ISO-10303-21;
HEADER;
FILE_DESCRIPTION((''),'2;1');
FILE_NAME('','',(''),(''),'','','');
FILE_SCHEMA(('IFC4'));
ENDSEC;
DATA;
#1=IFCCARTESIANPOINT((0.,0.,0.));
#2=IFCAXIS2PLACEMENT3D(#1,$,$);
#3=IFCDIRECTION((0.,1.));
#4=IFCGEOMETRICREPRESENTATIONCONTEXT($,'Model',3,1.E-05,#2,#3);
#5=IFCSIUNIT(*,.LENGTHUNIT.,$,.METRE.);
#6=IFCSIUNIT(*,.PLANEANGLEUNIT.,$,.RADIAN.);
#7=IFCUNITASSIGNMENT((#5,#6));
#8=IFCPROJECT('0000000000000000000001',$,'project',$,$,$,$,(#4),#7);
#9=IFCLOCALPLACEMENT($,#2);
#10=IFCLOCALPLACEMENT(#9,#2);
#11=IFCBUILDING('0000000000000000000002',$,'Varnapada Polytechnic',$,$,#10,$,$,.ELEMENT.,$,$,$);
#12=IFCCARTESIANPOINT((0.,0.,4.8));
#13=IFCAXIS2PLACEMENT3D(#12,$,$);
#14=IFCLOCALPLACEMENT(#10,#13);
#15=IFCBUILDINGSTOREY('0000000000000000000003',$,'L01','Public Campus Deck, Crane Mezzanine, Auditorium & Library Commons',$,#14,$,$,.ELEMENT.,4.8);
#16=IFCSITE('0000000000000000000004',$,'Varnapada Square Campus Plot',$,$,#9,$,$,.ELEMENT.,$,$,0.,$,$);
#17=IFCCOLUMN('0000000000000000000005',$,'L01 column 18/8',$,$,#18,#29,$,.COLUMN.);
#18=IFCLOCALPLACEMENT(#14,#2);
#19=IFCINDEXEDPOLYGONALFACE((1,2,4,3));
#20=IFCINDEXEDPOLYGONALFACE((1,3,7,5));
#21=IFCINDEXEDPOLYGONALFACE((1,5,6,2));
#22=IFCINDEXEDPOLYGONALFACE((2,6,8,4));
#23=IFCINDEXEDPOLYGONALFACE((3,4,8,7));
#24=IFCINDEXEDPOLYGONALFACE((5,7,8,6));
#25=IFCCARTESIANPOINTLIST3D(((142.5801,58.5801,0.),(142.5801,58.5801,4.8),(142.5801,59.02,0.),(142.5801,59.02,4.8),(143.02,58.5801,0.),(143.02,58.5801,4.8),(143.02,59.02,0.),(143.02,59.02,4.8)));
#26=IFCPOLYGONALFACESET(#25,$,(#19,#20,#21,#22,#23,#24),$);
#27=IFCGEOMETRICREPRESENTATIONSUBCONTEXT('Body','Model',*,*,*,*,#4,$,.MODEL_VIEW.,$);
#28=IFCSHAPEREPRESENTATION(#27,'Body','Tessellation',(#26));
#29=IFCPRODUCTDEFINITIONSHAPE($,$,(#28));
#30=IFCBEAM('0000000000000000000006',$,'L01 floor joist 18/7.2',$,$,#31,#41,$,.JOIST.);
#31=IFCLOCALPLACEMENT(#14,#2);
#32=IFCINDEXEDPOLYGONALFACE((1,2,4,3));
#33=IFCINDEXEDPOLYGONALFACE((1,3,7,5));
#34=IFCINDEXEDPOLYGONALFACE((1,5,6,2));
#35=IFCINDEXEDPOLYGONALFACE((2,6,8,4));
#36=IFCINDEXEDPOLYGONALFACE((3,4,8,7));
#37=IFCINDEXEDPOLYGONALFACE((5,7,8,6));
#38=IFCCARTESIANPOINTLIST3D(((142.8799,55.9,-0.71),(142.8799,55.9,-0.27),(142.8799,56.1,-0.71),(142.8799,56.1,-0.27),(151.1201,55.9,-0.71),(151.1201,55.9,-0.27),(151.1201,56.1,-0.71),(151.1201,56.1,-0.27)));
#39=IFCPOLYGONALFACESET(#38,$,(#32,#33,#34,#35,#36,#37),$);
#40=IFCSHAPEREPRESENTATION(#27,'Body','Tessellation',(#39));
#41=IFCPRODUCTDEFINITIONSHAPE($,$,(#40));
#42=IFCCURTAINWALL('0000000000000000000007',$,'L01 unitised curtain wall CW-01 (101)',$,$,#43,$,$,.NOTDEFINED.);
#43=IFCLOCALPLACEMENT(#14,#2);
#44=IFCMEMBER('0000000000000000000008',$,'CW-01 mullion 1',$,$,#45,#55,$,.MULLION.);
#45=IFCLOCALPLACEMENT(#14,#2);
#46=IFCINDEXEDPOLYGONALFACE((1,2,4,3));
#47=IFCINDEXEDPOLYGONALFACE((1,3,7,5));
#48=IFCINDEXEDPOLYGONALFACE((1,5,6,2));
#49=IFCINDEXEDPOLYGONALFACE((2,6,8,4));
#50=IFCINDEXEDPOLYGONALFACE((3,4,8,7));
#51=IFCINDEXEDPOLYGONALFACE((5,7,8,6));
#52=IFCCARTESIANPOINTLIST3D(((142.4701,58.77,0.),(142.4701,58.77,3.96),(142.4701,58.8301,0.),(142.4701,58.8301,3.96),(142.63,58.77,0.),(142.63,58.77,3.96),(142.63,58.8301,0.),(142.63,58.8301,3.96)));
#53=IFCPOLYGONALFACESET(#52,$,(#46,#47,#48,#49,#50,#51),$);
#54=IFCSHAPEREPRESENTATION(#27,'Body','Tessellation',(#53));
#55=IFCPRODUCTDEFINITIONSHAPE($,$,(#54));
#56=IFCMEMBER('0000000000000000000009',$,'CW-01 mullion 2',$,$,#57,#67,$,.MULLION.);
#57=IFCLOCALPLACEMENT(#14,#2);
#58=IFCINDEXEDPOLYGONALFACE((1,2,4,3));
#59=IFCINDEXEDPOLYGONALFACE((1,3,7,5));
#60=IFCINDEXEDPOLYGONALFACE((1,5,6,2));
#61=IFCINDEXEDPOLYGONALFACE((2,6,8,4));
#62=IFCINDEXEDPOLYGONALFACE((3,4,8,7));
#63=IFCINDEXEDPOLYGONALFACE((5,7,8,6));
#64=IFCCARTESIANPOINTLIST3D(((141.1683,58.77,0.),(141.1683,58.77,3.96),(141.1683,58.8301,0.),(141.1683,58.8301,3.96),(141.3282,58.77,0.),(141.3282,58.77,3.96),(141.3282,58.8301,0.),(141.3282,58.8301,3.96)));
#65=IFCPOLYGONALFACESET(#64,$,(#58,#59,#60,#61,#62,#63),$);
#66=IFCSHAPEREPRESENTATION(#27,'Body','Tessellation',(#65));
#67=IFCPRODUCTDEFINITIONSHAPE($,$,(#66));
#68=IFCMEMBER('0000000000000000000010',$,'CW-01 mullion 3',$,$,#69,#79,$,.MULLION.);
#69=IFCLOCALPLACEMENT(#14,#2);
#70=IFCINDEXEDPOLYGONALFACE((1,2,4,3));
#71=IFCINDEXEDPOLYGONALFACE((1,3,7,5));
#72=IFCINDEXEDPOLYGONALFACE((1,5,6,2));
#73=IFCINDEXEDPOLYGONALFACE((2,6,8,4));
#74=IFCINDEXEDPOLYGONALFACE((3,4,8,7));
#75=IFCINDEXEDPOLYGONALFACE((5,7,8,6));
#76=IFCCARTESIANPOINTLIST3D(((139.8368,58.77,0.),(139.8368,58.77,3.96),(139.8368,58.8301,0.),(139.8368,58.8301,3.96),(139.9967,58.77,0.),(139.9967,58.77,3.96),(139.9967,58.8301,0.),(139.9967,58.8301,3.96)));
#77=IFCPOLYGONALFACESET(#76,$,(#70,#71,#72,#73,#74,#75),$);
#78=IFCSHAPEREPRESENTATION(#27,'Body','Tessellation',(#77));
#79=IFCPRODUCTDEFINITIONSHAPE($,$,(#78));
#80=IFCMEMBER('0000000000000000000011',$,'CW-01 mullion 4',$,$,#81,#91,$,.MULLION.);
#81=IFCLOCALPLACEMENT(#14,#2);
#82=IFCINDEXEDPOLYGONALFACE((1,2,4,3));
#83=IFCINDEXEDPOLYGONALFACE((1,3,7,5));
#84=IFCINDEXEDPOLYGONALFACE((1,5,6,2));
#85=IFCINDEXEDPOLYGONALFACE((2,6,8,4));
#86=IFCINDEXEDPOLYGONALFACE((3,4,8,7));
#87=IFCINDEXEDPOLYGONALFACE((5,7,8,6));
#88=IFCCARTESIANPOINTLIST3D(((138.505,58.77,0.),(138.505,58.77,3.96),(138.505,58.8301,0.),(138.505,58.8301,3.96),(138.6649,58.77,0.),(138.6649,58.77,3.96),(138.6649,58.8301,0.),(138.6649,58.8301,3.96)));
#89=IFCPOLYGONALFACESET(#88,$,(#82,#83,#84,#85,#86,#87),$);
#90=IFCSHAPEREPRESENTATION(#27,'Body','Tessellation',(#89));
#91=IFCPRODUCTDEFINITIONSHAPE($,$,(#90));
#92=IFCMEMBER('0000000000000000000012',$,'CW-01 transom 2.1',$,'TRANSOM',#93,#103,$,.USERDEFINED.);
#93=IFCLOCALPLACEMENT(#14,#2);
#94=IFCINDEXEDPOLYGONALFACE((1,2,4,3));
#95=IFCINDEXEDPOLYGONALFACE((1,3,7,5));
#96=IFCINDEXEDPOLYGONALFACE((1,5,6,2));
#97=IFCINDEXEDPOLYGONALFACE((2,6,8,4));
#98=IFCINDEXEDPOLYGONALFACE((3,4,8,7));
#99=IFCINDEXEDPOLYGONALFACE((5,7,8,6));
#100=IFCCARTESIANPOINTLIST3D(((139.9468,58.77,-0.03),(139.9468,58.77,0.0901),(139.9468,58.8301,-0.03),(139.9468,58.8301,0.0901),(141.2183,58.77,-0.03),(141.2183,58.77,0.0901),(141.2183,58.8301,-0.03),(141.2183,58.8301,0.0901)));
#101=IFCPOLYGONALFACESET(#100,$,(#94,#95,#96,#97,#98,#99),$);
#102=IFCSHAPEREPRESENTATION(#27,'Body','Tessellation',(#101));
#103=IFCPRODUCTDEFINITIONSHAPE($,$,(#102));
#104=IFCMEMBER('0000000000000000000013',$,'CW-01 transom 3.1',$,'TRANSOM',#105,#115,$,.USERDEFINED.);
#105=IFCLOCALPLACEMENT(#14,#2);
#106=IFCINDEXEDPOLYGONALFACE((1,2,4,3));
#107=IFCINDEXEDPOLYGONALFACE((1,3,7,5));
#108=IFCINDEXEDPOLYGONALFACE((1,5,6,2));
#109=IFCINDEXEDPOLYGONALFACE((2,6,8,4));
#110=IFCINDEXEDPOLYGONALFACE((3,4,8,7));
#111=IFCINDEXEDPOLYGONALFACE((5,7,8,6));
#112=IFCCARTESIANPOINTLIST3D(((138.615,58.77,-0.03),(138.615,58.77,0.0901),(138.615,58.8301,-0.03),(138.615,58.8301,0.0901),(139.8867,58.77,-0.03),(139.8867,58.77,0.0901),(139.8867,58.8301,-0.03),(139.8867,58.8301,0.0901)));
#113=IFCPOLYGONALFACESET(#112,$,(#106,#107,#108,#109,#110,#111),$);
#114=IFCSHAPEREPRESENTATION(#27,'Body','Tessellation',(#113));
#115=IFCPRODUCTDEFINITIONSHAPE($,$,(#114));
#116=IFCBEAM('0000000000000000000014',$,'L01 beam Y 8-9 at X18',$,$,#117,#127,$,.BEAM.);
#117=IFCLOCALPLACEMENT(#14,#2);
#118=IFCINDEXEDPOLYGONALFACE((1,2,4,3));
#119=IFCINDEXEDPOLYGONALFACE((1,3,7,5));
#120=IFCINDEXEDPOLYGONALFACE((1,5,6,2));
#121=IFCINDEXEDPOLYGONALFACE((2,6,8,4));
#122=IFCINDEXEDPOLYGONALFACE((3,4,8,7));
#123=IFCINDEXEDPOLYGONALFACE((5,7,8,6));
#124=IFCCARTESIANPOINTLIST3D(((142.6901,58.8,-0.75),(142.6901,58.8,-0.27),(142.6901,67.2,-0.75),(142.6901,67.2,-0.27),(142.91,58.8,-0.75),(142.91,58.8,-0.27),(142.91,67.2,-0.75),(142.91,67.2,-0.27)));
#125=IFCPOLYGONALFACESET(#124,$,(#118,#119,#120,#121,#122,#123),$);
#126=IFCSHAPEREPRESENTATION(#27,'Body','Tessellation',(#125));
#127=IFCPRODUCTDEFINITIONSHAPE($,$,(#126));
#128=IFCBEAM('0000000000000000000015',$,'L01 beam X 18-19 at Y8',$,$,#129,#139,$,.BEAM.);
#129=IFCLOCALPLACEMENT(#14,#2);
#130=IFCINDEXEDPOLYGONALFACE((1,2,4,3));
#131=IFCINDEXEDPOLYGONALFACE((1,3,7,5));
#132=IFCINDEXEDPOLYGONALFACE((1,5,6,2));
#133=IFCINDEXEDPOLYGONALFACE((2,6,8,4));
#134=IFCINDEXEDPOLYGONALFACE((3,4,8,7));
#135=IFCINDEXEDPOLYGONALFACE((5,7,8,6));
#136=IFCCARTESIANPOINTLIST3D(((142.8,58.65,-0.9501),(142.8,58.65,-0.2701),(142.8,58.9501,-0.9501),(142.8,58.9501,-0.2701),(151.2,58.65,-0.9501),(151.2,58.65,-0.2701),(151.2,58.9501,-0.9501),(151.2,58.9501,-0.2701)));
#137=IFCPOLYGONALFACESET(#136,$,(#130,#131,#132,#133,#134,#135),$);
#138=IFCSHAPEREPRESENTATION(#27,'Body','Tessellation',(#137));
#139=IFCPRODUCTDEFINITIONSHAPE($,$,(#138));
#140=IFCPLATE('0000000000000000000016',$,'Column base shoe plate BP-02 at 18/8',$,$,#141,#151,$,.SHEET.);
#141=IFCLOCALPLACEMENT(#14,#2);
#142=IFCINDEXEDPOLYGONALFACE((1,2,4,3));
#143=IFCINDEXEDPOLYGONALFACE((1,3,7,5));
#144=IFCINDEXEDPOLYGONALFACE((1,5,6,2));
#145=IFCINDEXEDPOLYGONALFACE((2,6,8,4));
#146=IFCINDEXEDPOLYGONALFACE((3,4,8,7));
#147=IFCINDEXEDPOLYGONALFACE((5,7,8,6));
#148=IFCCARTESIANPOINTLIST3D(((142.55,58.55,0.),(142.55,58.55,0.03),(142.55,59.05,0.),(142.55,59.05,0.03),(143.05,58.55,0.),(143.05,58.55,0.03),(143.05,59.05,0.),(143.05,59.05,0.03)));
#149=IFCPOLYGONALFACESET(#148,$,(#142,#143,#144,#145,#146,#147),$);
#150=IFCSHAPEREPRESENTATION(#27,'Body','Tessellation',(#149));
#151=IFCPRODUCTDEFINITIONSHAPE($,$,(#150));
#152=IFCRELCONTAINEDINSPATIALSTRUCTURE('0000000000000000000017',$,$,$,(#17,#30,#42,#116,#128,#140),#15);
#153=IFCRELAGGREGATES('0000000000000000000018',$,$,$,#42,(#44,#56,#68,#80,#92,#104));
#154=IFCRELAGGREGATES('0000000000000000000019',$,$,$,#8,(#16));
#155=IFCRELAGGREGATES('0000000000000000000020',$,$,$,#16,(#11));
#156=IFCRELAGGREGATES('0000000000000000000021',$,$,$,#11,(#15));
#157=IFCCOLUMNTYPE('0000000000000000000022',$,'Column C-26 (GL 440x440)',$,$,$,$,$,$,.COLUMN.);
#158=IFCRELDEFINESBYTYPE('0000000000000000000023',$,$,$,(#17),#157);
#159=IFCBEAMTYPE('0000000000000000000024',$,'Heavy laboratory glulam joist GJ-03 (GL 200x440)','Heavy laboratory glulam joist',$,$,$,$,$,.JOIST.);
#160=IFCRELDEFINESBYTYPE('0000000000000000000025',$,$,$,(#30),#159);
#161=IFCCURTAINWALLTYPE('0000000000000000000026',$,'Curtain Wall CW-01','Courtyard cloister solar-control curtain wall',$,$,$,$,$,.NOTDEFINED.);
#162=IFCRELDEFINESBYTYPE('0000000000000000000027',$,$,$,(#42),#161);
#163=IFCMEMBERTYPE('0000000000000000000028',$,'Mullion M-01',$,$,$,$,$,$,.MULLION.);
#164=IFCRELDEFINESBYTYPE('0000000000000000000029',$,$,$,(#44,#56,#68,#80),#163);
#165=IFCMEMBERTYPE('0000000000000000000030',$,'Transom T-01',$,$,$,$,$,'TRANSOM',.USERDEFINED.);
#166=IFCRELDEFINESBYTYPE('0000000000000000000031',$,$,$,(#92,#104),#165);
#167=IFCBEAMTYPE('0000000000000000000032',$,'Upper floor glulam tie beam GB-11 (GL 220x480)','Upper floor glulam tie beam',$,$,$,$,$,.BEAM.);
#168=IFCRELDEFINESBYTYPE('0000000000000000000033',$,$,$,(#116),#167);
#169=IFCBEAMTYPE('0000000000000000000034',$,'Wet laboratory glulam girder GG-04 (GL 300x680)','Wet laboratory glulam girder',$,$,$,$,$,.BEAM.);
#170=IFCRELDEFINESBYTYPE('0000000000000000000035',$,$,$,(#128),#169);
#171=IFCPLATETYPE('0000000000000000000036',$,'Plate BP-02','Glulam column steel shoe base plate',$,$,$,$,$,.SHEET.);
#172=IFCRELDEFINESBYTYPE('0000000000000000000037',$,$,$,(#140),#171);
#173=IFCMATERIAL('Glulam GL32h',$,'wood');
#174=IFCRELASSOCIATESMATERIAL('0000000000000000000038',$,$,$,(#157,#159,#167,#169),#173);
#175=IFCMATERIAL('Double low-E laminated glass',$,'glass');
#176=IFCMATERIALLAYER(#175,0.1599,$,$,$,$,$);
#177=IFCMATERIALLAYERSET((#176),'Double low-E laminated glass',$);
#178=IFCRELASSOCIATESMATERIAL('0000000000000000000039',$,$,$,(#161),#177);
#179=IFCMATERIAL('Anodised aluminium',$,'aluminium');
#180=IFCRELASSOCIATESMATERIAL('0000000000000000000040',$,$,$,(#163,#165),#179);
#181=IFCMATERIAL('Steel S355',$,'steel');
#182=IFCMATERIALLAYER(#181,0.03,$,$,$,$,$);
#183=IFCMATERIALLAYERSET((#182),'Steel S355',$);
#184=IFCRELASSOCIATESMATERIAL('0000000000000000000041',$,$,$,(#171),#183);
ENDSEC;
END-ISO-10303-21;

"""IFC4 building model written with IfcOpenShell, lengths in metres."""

from ifc_helpers import new_model, si_unit, direction, frame, origin, origin_2d, place, context, subcontext, project, spatial, rectangle, extrude, material, layer, layer_set, material_profile, profile_set, type_object, element, aggregate, save


model = new_model("IFC4")

# Units and contexts
model_context = context("Model", 3, precision=1e-05, world=origin(), true_north=direction((0.0, 1.0)))
body_context = subcontext(model_context, "Body", "Model", "MODEL_VIEW")
ifc_project = project(units=[si_unit("LENGTHUNIT", "METRE"), si_unit("PLANEANGLEUNIT", "RADIAN")], contexts=[model_context])

# Site, building, storey
site_placement = place(None, origin())
site = spatial("IfcSite", under=ifc_project, at=site_placement, Name="Varnapada Square Campus Plot", CompositionType="ELEMENT", RefElevation=0.0)
building_placement = place(site_placement, origin())
building = spatial("IfcBuilding", under=site, at=building_placement, Name="Varnapada Polytechnic", CompositionType="ELEMENT")
storey_placement = place(building_placement, frame((0.0, 0.0, 4.8)))
storey = spatial("IfcBuildingStorey", under=building, at=storey_placement, Name="L01", Description="Public Campus Deck, Crane Mezzanine, Auditorium & Library Commons", CompositionType="ELEMENT", Elevation=4.8)

# Column
ifc_material_1 = material(Name="Glulam GL32h", Category="wood")
ifc_material_profile_1 = material_profile(ifc_material_1, rectangle(XDim=0.4399, YDim=0.4399, at=origin_2d()), Name="GL 440x440")
ifc_profile_set_1 = profile_set([ifc_material_profile_1], Name="Glulam GL32h")
column_type = type_object("IfcColumnType", Name="Column C-26 (GL 440x440)", PredefinedType="COLUMN", material=ifc_profile_set_1)
column_placement = place(storey_placement, frame((142.8, 58.8, 0.0), z_axis=(0.0, 0.0, 1.0), x_axis=(1.0, 0.0, 0.0)))
element("IfcColumn", 1, at=column_placement, inside=storey, type_object=column_type, Name="L01 column 18/8", PredefinedType="COLUMN", context=body_context, shape_type="SweptSolid", body=[
    extrude(rectangle(XDim=0.4399, YDim=0.4399, at=origin_2d()), origin(), (0.0, 0.0, 1.0), 4.8),
])

# Beam
ifc_material_profile_2 = material_profile(ifc_material_1, rectangle(XDim=0.2, YDim=0.4399, at=origin_2d()), Name="GL 200x440")
ifc_profile_set_2 = profile_set([ifc_material_profile_2], Name="Glulam GL32h")
beam_type_1 = type_object("IfcBeamType", Name="Heavy laboratory glulam joist GJ-03 (GL 200x440)", Description="Heavy laboratory glulam joist", PredefinedType="JOIST", material=ifc_profile_set_2)
beam_1_placement = place(storey_placement, frame((142.8799, 56.0, -0.49), z_axis=(1.0, 0.0, 0.0), x_axis=(0.0, 1.0, 0.0)))
element("IfcBeam", 2, at=beam_1_placement, inside=storey, type_object=beam_type_1, Name="L01 floor joist 18/7.2", PredefinedType="JOIST", context=body_context, shape_type="SweptSolid", body=[
    extrude(rectangle(XDim=0.2, YDim=0.4399, at=origin_2d()), origin(), (0.0, 0.0, 1.0), 8.2402),
])

# Curtain wall, members
ifc_material_2 = material(Name="Double low-E laminated glass", Category="glass")
ifc_layer_1 = layer(ifc_material_2, 0.1599)
ifc_layer_set_1 = layer_set([ifc_layer_1], Name="Double low-E laminated glass")
curtain_wall_type = type_object("IfcCurtainWallType", Name="Curtain Wall CW-01", Description="Courtyard cloister solar-control curtain wall", PredefinedType="NOTDEFINED", material=ifc_layer_set_1)
curtain_wall_placement = place(storey_placement, origin())
curtain_wall = element("IfcCurtainWall", 3, at=curtain_wall_placement, inside=storey, type_object=curtain_wall_type, Name="L01 unitised curtain wall CW-01 (101)", PredefinedType="NOTDEFINED")
ifc_material_3 = material(Name="Anodised aluminium", Category="aluminium")
ifc_material_profile_3 = material_profile(ifc_material_3, rectangle(XDim=0.0601, YDim=0.1599, at=origin_2d()), Name="ALU M60x160")
ifc_profile_set_3 = profile_set([ifc_material_profile_3], Name="Anodised aluminium")
member_type_1 = type_object("IfcMemberType", Name="Mullion M-01", PredefinedType="MULLION", material=ifc_profile_set_3)
member_1_placement = place(storey_placement, frame((142.55, 58.8, 0.0), z_axis=(0.0, 0.0, 1.0), x_axis=(0.0, -1.0, 0.0)))
member_1 = element("IfcMember", 4, at=member_1_placement, type_object=member_type_1, Name="CW-01 mullion 1", PredefinedType="MULLION", context=body_context, shape_type="SweptSolid", body=[
    extrude(rectangle(XDim=0.0601, YDim=0.1599, at=origin_2d()), origin(), (0.0, 0.0, 1.0), 3.96),
])
member_2_placement = place(storey_placement, frame((141.2483, 58.8, 0.0), z_axis=(0.0, 0.0, 1.0), x_axis=(0.0, -1.0, 0.0)))
member_2 = element("IfcMember", 5, at=member_2_placement, type_object=member_type_1, Name="CW-01 mullion 2", PredefinedType="MULLION", context=body_context, shape_type="SweptSolid", body=[
    extrude(rectangle(XDim=0.0601, YDim=0.1599, at=origin_2d()), origin(), (0.0, 0.0, 1.0), 3.96),
])
member_3_placement = place(storey_placement, frame((139.9167, 58.8, 0.0), z_axis=(0.0, 0.0, 1.0), x_axis=(0.0, -1.0, 0.0)))
member_3 = element("IfcMember", 6, at=member_3_placement, type_object=member_type_1, Name="CW-01 mullion 3", PredefinedType="MULLION", context=body_context, shape_type="SweptSolid", body=[
    extrude(rectangle(XDim=0.0601, YDim=0.1599, at=origin_2d()), origin(), (0.0, 0.0, 1.0), 3.96),
])
member_4_placement = place(storey_placement, frame((138.585, 58.8, 0.0), z_axis=(0.0, 0.0, 1.0), x_axis=(0.0, -1.0, 0.0)))
member_4 = element("IfcMember", 7, at=member_4_placement, type_object=member_type_1, Name="CW-01 mullion 4", PredefinedType="MULLION", context=body_context, shape_type="SweptSolid", body=[
    extrude(rectangle(XDim=0.0601, YDim=0.1599, at=origin_2d()), origin(), (0.0, 0.0, 1.0), 3.96),
])
ifc_material_profile_4 = material_profile(ifc_material_3, rectangle(XDim=0.0601, YDim=0.1201, at=origin_2d()), Name="ALU T60x120")
ifc_profile_set_4 = profile_set([ifc_material_profile_4], Name="Anodised aluminium")
member_type_2 = type_object("IfcMemberType", Name="Transom T-01", ElementType="TRANSOM", PredefinedType="USERDEFINED", material=ifc_profile_set_4)
member_5_placement = place(storey_placement, frame((141.2183, 58.8, 0.03), z_axis=(-1.0, 0.0, 0.0), x_axis=(0.0, -1.0, 0.0)))
member_5 = element("IfcMember", 8, at=member_5_placement, type_object=member_type_2, Name="CW-01 transom 2.1", ObjectType="TRANSOM", PredefinedType="USERDEFINED", context=body_context, shape_type="SweptSolid", body=[
    extrude(rectangle(XDim=0.0601, YDim=0.1201, at=origin_2d()), origin(), (0.0, 0.0, 1.0), 1.2715),
])
member_6_placement = place(storey_placement, frame((139.8867, 58.8, 0.03), z_axis=(-1.0, 0.0, 0.0), x_axis=(0.0, -1.0, 0.0)))
member_6 = element("IfcMember", 9, at=member_6_placement, type_object=member_type_2, Name="CW-01 transom 3.1", ObjectType="TRANSOM", PredefinedType="USERDEFINED", context=body_context, shape_type="SweptSolid", body=[
    extrude(rectangle(XDim=0.0601, YDim=0.1201, at=origin_2d()), origin(), (0.0, 0.0, 1.0), 1.2717),
])
aggregate(curtain_wall, [member_1, member_2, member_3, member_4, member_5, member_6])

# Beams
ifc_material_profile_5 = material_profile(ifc_material_1, rectangle(XDim=0.22, YDim=0.48, at=origin_2d()), Name="GL 220x480")
ifc_profile_set_5 = profile_set([ifc_material_profile_5], Name="Glulam GL32h")
beam_type_2 = type_object("IfcBeamType", Name="Upper floor glulam tie beam GB-11 (GL 220x480)", Description="Upper floor glulam tie beam", PredefinedType="BEAM", material=ifc_profile_set_5)
beam_2_placement = place(storey_placement, frame((142.8, 58.8, -0.51), z_axis=(0.0, 1.0, 0.0), x_axis=(-1.0, 0.0, 0.0)))
element("IfcBeam", 10, at=beam_2_placement, inside=storey, type_object=beam_type_2, Name="L01 beam Y 8-9 at X18", PredefinedType="BEAM", context=body_context, shape_type="SweptSolid", body=[
    extrude(rectangle(XDim=0.22, YDim=0.48, at=origin_2d()), origin(), (0.0, 0.0, 1.0), 8.3999),
])
ifc_material_profile_6 = material_profile(ifc_material_1, rectangle(XDim=0.3, YDim=0.6799, at=origin_2d()), Name="GL 300x680")
ifc_profile_set_6 = profile_set([ifc_material_profile_6], Name="Glulam GL32h")
beam_type_3 = type_object("IfcBeamType", Name="Wet laboratory glulam girder GG-04 (GL 300x680)", Description="Wet laboratory glulam girder", PredefinedType="BEAM", material=ifc_profile_set_6)
beam_3_placement = place(storey_placement, frame((142.8, 58.8, -0.6101), z_axis=(1.0, 0.0, 0.0), x_axis=(0.0, 1.0, 0.0)))
element("IfcBeam", 11, at=beam_3_placement, inside=storey, type_object=beam_type_3, Name="L01 beam X 18-19 at Y8", PredefinedType="BEAM", context=body_context, shape_type="SweptSolid", body=[
    extrude(rectangle(XDim=0.3, YDim=0.6799, at=origin_2d()), origin(), (0.0, 0.0, 1.0), 8.3999),
])

# Plate
ifc_material_4 = material(Name="Steel S355", Category="steel")
ifc_layer_2 = layer(ifc_material_4, 0.03)
ifc_layer_set_2 = layer_set([ifc_layer_2], Name="Steel S355")
plate_type = type_object("IfcPlateType", Name="Plate BP-02", Description="Glulam column steel shoe base plate", PredefinedType="SHEET", material=ifc_layer_set_2)
plate_placement = place(storey_placement, frame((142.8, 58.8, 0.0), z_axis=(0.0, 0.0, 1.0), x_axis=(1.0, 0.0, 0.0)))
element("IfcPlate", 12, at=plate_placement, inside=storey, type_object=plate_type, Name="Column base shoe plate BP-02 at 18/8", PredefinedType="SHEET", context=body_context, shape_type="SweptSolid", body=[
    extrude(rectangle(XDim=0.5, YDim=0.5, at=origin_2d()), origin(), (0.0, 0.0, 1.0), 0.03),
])

save(model, "model.ifc")
